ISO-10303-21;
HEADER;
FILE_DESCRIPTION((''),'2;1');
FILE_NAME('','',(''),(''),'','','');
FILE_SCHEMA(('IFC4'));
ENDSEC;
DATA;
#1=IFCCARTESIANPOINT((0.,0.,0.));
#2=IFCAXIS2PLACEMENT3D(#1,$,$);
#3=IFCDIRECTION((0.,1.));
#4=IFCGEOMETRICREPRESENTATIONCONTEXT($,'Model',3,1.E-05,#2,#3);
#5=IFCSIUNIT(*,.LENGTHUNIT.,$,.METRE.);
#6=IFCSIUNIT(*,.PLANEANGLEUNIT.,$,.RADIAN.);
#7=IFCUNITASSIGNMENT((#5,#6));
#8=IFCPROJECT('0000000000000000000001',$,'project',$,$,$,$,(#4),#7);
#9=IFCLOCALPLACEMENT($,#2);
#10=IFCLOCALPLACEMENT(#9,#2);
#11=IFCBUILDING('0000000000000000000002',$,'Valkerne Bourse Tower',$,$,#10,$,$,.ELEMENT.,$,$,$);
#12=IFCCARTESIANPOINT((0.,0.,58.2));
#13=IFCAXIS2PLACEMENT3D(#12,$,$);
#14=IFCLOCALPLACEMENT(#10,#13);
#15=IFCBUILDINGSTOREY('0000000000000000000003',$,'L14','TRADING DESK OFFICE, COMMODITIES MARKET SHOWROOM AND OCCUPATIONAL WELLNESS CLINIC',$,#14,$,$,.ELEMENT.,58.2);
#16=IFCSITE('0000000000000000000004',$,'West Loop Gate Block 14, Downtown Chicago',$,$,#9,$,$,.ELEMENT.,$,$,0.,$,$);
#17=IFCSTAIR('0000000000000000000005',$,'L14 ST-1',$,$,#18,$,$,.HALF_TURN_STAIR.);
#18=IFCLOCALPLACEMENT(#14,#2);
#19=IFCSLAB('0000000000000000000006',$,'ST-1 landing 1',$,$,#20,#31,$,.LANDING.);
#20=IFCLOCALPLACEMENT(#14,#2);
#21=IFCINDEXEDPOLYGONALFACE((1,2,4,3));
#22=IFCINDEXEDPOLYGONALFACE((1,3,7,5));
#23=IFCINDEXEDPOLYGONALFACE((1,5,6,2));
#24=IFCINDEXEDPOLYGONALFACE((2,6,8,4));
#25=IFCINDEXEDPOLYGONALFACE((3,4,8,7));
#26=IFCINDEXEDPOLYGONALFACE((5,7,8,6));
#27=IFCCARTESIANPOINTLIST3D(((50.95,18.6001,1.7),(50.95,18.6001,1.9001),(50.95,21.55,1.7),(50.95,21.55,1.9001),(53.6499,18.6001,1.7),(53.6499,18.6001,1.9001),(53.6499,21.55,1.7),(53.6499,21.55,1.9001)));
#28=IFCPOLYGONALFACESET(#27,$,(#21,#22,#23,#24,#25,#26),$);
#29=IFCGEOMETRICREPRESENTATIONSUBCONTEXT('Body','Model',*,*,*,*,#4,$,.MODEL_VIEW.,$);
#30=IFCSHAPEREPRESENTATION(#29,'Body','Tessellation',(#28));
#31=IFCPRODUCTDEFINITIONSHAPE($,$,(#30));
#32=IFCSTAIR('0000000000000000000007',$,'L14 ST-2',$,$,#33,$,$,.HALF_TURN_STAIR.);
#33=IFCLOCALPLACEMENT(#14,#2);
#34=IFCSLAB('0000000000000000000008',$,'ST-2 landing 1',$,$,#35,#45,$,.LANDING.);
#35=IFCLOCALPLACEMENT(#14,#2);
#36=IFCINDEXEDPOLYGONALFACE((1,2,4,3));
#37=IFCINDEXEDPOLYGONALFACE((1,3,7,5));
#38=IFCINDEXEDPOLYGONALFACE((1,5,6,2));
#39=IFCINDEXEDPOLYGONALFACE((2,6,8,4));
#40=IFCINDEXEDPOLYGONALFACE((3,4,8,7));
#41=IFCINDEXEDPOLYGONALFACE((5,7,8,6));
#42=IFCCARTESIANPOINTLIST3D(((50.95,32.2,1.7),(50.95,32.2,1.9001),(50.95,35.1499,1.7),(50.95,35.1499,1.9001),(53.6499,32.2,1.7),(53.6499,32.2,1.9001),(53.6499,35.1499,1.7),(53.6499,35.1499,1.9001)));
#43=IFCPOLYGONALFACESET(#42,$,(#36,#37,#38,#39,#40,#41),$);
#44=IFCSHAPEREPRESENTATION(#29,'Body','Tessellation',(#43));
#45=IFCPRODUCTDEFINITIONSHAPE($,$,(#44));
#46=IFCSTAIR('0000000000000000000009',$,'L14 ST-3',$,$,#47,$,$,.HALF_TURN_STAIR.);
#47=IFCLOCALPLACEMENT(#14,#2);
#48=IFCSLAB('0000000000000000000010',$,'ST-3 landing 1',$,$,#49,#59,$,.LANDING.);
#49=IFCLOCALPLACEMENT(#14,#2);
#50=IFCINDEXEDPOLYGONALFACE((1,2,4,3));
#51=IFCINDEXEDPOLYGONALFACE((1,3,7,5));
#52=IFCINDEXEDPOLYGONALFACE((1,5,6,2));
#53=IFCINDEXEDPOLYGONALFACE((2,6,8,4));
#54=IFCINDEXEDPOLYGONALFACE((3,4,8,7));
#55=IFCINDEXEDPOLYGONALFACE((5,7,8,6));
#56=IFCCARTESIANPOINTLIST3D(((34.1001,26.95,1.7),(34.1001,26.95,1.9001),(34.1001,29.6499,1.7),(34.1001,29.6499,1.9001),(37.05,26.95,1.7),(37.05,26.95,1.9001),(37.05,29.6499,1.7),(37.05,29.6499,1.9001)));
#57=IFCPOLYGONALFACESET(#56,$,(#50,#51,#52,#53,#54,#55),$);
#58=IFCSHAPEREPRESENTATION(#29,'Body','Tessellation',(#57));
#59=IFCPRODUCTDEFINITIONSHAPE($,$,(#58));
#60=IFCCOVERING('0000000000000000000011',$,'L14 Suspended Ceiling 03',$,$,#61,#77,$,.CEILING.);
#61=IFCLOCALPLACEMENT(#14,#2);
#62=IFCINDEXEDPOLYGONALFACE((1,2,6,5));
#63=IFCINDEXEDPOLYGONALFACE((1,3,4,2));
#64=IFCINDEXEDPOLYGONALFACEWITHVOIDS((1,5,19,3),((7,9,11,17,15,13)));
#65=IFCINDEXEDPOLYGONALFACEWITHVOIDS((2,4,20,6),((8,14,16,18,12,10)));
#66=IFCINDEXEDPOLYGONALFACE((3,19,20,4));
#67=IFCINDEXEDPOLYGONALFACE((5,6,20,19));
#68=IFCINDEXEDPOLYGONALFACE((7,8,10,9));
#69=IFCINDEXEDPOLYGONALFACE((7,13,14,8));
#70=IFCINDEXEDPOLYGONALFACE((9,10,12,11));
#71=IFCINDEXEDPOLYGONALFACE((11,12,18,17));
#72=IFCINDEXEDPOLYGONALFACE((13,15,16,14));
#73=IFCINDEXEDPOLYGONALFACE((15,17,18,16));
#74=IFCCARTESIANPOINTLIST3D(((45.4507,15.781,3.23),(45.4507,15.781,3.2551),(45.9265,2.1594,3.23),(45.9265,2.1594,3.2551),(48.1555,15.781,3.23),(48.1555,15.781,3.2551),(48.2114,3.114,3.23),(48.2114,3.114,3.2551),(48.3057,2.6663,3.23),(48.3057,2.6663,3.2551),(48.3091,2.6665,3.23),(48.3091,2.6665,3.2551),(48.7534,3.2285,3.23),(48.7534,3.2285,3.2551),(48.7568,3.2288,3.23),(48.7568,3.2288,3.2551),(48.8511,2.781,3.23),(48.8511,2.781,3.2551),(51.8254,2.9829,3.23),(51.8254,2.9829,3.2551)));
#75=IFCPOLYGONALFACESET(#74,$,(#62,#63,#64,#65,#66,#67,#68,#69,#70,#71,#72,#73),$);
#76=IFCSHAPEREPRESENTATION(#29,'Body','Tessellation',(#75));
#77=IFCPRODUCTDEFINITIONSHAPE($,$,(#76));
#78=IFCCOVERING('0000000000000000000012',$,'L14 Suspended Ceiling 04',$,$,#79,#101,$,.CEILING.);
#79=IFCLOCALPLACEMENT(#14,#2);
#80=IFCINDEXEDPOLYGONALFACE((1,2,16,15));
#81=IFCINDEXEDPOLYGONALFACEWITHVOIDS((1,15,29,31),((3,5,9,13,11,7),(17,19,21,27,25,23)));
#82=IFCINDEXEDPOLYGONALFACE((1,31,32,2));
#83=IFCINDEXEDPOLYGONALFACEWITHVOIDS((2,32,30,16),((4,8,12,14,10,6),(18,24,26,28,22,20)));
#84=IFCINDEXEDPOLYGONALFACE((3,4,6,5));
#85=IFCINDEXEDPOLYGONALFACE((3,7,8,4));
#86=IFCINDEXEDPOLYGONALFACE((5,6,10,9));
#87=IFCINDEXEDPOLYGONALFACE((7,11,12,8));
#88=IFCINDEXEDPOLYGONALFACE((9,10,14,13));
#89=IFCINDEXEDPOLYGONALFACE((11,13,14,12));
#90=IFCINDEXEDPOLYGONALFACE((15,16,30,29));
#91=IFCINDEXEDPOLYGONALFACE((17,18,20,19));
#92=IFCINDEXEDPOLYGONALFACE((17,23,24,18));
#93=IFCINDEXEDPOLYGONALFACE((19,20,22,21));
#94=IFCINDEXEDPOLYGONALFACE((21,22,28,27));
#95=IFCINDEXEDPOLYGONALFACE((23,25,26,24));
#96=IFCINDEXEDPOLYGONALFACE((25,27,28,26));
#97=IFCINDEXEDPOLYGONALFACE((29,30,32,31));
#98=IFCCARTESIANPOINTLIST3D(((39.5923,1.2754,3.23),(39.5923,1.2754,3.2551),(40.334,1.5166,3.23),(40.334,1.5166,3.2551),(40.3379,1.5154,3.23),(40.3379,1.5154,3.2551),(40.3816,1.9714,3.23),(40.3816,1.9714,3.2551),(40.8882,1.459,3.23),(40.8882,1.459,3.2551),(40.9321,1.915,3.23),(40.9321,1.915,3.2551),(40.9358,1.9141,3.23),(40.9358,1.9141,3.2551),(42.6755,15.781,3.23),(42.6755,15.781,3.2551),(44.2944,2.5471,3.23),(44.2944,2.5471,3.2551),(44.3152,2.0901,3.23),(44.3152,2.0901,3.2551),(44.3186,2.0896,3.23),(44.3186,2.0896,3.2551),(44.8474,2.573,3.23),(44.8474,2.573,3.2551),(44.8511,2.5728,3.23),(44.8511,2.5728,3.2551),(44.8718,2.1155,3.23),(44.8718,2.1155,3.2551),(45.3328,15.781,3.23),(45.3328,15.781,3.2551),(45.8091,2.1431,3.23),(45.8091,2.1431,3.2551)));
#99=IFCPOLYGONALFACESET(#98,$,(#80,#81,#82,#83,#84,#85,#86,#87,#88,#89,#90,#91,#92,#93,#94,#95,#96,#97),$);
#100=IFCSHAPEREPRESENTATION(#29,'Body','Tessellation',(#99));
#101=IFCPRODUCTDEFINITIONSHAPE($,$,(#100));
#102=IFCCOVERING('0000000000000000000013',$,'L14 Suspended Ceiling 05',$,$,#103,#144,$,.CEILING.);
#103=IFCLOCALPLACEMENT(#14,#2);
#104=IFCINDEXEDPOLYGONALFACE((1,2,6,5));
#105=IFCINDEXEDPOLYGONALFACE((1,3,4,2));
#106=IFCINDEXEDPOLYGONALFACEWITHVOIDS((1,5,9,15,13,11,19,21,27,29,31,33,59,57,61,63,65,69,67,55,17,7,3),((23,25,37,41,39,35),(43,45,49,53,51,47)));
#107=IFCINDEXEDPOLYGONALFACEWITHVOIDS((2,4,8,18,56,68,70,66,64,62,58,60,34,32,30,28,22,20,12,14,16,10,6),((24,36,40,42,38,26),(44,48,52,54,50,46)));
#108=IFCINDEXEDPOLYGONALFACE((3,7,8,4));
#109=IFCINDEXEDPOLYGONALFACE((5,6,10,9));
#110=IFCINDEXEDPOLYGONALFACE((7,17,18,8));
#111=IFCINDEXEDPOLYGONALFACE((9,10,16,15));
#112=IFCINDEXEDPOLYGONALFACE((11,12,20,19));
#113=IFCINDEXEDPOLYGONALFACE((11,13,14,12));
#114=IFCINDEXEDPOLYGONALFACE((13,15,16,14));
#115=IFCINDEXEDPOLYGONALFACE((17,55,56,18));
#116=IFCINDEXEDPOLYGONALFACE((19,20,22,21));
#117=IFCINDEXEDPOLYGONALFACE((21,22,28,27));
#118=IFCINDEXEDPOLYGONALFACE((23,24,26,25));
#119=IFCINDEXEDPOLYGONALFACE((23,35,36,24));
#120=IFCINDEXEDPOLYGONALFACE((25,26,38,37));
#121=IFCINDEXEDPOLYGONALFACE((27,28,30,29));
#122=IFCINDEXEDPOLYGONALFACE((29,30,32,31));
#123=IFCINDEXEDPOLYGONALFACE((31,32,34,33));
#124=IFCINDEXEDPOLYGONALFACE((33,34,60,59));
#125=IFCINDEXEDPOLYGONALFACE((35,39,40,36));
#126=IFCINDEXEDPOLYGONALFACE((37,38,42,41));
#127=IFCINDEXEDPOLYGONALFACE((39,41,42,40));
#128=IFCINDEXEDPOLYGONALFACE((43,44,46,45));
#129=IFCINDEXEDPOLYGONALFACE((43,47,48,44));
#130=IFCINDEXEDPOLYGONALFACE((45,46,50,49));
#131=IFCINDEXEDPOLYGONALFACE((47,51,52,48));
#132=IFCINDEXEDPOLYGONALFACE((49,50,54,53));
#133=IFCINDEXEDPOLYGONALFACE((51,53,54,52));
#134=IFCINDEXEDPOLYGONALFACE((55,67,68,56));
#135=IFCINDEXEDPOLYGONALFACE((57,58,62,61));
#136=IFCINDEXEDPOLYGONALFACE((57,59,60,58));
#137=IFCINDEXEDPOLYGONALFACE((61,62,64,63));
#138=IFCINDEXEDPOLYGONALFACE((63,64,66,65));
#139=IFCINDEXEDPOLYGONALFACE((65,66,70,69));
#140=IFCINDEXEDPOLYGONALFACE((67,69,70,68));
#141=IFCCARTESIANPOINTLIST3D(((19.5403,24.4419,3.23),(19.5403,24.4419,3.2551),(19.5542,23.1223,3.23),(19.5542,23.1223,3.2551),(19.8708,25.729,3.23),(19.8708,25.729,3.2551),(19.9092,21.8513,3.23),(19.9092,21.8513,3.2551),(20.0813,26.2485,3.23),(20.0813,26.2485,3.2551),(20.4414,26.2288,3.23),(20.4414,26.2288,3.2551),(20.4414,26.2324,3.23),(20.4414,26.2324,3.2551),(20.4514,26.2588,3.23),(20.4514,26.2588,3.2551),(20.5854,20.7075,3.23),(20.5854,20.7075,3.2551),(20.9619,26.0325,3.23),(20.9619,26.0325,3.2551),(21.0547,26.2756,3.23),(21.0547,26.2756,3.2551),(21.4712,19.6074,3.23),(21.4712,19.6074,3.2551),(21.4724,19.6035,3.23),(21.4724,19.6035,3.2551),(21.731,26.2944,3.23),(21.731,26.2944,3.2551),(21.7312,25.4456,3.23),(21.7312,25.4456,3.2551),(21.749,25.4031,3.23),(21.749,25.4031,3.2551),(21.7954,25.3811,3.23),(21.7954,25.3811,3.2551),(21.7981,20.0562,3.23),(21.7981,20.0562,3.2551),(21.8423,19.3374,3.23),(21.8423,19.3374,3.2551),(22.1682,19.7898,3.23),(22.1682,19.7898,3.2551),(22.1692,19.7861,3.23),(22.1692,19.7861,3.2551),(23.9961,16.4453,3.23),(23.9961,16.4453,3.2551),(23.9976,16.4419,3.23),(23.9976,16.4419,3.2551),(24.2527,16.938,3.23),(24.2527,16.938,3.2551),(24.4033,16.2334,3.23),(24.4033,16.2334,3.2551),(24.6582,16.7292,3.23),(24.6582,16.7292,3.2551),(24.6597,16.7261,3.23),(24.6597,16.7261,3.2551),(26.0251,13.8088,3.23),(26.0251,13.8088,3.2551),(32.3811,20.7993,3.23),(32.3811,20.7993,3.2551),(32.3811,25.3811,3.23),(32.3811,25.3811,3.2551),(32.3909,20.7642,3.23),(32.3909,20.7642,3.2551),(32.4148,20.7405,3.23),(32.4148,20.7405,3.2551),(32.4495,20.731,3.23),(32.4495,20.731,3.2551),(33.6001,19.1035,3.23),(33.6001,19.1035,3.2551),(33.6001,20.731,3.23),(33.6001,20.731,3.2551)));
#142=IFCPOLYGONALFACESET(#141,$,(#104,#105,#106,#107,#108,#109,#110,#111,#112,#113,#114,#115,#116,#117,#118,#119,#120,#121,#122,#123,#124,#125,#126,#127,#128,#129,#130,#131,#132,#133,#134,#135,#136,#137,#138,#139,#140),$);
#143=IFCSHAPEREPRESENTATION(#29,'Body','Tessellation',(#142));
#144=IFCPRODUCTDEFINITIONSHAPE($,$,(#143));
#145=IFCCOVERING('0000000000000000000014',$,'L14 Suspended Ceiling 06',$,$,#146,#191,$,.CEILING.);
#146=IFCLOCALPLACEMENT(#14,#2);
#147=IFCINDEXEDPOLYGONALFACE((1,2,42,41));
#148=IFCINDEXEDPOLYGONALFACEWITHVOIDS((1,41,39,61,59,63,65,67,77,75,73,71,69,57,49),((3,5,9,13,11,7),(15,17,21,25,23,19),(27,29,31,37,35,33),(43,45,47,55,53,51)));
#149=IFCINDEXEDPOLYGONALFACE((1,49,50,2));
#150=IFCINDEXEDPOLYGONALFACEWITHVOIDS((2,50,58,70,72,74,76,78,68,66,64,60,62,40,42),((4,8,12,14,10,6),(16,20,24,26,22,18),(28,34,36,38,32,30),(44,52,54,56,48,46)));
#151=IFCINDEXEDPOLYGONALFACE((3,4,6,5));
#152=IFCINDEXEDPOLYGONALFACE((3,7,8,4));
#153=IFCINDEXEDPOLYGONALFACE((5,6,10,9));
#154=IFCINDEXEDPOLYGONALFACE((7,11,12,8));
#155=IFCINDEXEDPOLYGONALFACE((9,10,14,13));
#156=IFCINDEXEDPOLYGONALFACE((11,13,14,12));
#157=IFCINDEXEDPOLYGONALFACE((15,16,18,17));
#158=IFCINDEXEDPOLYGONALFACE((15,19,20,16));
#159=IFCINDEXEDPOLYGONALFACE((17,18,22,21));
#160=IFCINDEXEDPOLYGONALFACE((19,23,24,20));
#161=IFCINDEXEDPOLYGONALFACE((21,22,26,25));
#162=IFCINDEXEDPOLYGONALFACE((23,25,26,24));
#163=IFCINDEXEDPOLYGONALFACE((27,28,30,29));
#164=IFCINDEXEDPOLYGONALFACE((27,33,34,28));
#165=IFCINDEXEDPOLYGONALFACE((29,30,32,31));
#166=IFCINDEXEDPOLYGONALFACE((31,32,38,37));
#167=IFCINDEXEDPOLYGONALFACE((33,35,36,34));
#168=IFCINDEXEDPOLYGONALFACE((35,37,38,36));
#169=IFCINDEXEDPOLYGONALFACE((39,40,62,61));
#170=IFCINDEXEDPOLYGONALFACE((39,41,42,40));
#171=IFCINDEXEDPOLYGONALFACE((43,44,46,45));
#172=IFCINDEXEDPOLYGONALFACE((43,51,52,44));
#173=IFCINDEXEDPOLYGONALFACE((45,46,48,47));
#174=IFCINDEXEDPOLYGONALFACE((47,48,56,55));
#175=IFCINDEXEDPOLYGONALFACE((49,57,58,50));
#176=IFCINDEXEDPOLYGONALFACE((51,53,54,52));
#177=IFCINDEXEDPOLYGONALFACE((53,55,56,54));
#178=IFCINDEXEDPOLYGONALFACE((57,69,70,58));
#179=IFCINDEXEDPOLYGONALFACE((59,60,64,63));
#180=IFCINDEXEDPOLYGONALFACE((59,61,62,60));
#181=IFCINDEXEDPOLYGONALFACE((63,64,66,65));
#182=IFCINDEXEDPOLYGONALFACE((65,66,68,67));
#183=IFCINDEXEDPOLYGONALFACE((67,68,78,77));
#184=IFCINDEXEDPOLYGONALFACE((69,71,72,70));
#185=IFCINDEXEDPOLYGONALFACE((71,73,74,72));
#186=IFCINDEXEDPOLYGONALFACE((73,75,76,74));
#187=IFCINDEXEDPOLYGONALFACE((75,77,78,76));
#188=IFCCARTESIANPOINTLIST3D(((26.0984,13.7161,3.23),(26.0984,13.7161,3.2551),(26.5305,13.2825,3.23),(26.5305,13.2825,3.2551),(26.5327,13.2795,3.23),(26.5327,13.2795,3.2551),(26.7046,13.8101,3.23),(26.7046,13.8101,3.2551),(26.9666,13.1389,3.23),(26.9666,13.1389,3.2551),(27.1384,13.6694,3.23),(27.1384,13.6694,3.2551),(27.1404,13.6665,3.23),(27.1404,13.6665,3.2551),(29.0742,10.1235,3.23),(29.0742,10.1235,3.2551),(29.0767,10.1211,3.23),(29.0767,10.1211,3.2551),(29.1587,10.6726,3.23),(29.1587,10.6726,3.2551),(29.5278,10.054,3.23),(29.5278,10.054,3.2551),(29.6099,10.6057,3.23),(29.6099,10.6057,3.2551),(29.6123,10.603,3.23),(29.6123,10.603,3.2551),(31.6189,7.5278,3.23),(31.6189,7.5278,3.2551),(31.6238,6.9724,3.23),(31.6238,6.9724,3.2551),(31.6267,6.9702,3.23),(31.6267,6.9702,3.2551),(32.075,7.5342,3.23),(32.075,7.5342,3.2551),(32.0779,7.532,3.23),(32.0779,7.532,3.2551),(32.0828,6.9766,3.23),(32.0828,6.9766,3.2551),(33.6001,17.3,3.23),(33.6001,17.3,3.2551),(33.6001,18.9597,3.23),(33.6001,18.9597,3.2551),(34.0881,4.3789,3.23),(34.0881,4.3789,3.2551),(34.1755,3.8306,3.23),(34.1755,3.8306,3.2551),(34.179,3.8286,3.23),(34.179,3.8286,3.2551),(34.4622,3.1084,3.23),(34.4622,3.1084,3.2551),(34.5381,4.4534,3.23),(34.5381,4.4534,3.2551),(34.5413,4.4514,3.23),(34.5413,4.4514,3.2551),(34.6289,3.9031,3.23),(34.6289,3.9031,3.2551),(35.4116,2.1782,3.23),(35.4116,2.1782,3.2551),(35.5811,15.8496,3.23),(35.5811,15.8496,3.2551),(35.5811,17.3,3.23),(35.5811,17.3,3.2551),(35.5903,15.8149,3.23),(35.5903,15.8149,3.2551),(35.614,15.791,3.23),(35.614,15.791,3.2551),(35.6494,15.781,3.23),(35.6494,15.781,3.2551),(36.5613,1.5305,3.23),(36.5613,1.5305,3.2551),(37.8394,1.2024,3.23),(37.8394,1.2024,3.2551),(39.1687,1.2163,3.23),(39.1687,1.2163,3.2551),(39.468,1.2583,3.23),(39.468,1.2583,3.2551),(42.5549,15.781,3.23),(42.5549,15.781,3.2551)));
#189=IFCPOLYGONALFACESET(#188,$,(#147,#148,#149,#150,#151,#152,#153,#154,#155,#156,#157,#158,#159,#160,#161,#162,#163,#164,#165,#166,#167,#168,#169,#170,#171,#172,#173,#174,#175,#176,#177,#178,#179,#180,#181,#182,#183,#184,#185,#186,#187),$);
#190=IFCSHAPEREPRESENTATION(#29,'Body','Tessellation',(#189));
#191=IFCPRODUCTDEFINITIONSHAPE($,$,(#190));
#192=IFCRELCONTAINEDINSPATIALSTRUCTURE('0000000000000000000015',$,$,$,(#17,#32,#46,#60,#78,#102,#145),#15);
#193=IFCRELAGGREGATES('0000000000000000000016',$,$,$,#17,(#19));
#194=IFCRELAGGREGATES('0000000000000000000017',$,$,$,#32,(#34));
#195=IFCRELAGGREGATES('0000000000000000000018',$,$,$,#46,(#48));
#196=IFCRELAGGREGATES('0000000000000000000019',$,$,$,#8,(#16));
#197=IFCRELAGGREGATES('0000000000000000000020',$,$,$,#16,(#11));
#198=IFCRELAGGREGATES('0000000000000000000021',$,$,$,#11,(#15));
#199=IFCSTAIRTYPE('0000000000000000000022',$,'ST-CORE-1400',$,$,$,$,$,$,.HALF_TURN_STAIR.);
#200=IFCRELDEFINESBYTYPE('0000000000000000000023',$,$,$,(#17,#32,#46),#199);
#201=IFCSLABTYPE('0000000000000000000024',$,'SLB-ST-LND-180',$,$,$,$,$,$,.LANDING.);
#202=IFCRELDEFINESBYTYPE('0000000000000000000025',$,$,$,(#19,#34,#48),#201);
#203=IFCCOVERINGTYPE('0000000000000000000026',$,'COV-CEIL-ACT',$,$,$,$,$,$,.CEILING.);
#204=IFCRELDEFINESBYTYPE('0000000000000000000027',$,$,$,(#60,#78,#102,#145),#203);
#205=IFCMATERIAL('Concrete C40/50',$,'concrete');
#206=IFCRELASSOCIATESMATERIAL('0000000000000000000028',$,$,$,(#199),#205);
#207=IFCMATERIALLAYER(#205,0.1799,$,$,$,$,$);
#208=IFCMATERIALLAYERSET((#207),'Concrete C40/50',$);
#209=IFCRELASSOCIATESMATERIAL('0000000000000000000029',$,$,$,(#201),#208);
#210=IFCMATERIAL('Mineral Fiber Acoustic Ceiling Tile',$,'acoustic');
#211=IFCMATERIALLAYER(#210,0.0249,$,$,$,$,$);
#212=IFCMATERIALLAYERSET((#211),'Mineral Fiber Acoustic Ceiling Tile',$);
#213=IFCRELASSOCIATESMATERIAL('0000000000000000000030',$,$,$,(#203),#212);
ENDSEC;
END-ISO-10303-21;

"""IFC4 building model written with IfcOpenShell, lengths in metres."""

from ifc_helpers import new_model, si_unit, direction, frame, origin, place, context, subcontext, project, spatial, polyline, outline, extrude, material, layer, layer_set, type_object, element, aggregate, save


model = new_model("IFC4")

# Units and contexts
model_context = context("Model", 3, precision=1e-05, world=origin(), true_north=direction((0.0, 1.0)))
body_context = subcontext(model_context, "Body", "Model", "MODEL_VIEW")
ifc_project = project(units=[si_unit("LENGTHUNIT", "METRE"), si_unit("PLANEANGLEUNIT", "RADIAN")], contexts=[model_context])

# Site, building, storey
site_placement = place(None, origin())
site = spatial("IfcSite", under=ifc_project, at=site_placement, Name="West Loop Gate Block 14, Downtown Chicago", CompositionType="ELEMENT", RefElevation=0.0)
building_placement = place(site_placement, origin())
building = spatial("IfcBuilding", under=site, at=building_placement, Name="Valkerne Bourse Tower", CompositionType="ELEMENT")
storey_placement = place(building_placement, frame((0.0, 0.0, 58.2)))
storey = spatial("IfcBuildingStorey", under=building, at=storey_placement, Name="L14", Description="TRADING DESK OFFICE, COMMODITIES MARKET SHOWROOM AND OCCUPATIONAL WELLNESS CLINIC", CompositionType="ELEMENT", Elevation=58.2)

# Stairs, slabs
ifc_material_1 = material(Name="Concrete C40/50", Category="concrete")
stair_type = type_object("IfcStairType", Name="ST-CORE-1400", PredefinedType="HALF_TURN_STAIR", material=ifc_material_1)
stair_1_placement = place(storey_placement, origin())
stair_1 = element("IfcStair", 1, at=stair_1_placement, inside=storey, type_object=stair_type, Name="L14 ST-1", PredefinedType="HALF_TURN_STAIR")
ifc_layer_1 = layer(ifc_material_1, 0.1799)
ifc_layer_set_1 = layer_set([ifc_layer_1], Name="Concrete C40/50")
slab_type = type_object("IfcSlabType", Name="SLB-ST-LND-180", PredefinedType="LANDING", material=ifc_layer_set_1)
slab_1_placement = place(storey_placement, frame((0.0, 0.0, 1.7)))
slab_1 = element("IfcSlab", 2, at=slab_1_placement, type_object=slab_type, Name="ST-1 landing 1", PredefinedType="LANDING", context=body_context, shape_type="SweptSolid", body=[
    extrude(outline(polyline([(50.95, 18.6001), (53.6499, 18.6001), (53.6499, 21.55), (50.95, 21.55), (50.95, 18.6001)])), origin(), (0.0, 0.0, 1.0), 0.2002),
])
aggregate(stair_1, [slab_1])
stair_2_placement = place(storey_placement, origin())
stair_2 = element("IfcStair", 3, at=stair_2_placement, inside=storey, type_object=stair_type, Name="L14 ST-2", PredefinedType="HALF_TURN_STAIR")
slab_2_placement = place(storey_placement, frame((0.0, 0.0, 1.7)))
slab_2 = element("IfcSlab", 4, at=slab_2_placement, type_object=slab_type, Name="ST-2 landing 1", PredefinedType="LANDING", context=body_context, shape_type="SweptSolid", body=[
    extrude(outline(polyline([(50.95, 32.2), (53.6499, 32.2), (53.6499, 35.1499), (50.95, 35.1499), (50.95, 32.2)])), origin(), (0.0, 0.0, 1.0), 0.2002),
])
aggregate(stair_2, [slab_2])
stair_3_placement = place(storey_placement, origin())
stair_3 = element("IfcStair", 5, at=stair_3_placement, inside=storey, type_object=stair_type, Name="L14 ST-3", PredefinedType="HALF_TURN_STAIR")
slab_3_placement = place(storey_placement, frame((0.0, 0.0, 1.7)))
slab_3 = element("IfcSlab", 6, at=slab_3_placement, type_object=slab_type, Name="ST-3 landing 1", PredefinedType="LANDING", context=body_context, shape_type="SweptSolid", body=[
    extrude(outline(polyline([(37.05, 26.95), (37.05, 29.6499), (34.1001, 29.6499), (34.1001, 26.95), (37.05, 26.95)])), origin(), (0.0, 0.0, 1.0), 0.2002),
])
aggregate(stair_3, [slab_3])

# Coverings
ifc_material_2 = material(Name="Mineral Fiber Acoustic Ceiling Tile", Category="acoustic")
ifc_layer_2 = layer(ifc_material_2, 0.0249)
ifc_layer_set_2 = layer_set([ifc_layer_2], Name="Mineral Fiber Acoustic Ceiling Tile")
covering_type_1 = type_object("IfcCoveringType", Name="COV-CEIL-ACT", PredefinedType="CEILING", material=ifc_layer_set_2)
covering_1_placement = place(storey_placement, frame((0.0, 0.0, 3.23)))
element("IfcCovering", 7, at=covering_1_placement, inside=storey, type_object=covering_type_1, Name="L14 Suspended Ceiling 03", PredefinedType="CEILING", context=body_context, shape_type="SweptSolid", body=[
    extrude(outline(polyline([(48.1555, 15.781), (51.8254, 2.9829), (45.9265, 2.1594), (45.4507, 15.781), (48.1555, 15.781)]), holes=[polyline([(48.3091, 2.6665), (48.8511, 2.781), (48.7568, 3.2288), (48.7534, 3.2285), (48.2114, 3.114), (48.3057, 2.6663), (48.3091, 2.6665)])]), origin(), (0.0, 0.0, 1.0), 0.0251),
])
covering_2_placement = place(storey_placement, frame((0.0, 0.0, 3.23)))
element("IfcCovering", 8, at=covering_2_placement, inside=storey, type_object=covering_type_1, Name="L14 Suspended Ceiling 04", PredefinedType="CEILING", context=body_context, shape_type="SweptSolid", body=[
    extrude(outline(polyline([(45.3328, 15.781), (45.8091, 2.1431), (39.5923, 1.2754), (42.6755, 15.781), (45.3328, 15.781)]), holes=[polyline([(40.9358, 1.9141), (40.9321, 1.915), (40.3816, 1.9714), (40.334, 1.5166), (40.3379, 1.5154), (40.8882, 1.459), (40.9358, 1.9141)]), polyline([(44.8511, 2.5728), (44.8474, 2.573), (44.2944, 2.5471), (44.3152, 2.0901), (44.3186, 2.0896), (44.8718, 2.1155), (44.8511, 2.5728)])]), origin(), (0.0, 0.0, 1.0), 0.0251),
])
covering_3_placement = place(storey_placement, frame((0.0, 0.0, 3.23)))
element("IfcCovering", 9, at=covering_3_placement, inside=storey, type_object=covering_type_1, Name="L14 Suspended Ceiling 05", PredefinedType="CEILING", context=body_context, shape_type="SweptSolid", body=[
    extrude(outline(polyline([(19.5542, 23.1223), (19.5403, 24.4419), (19.8708, 25.729), (20.0813, 26.2485), (20.4514, 26.2588), (20.4414, 26.2324), (20.4414, 26.2288), (20.9619, 26.0325), (21.0547, 26.2756), (21.731, 26.2944), (21.7312, 25.4456), (21.749, 25.4031), (21.7954, 25.3811), (32.3811, 25.3811), (32.3811, 20.7993), (32.3909, 20.7642), (32.4148, 20.7405), (32.4495, 20.731), (33.6001, 20.731), (33.6001, 19.1035), (26.0251, 13.8088), (20.5854, 20.7075), (19.9092, 21.8513), (19.5542, 23.1223)]), holes=[polyline([(24.6582, 16.7292), (24.2527, 16.938), (23.9961, 16.4453), (23.9976, 16.4419), (24.4033, 16.2334), (24.6597, 16.7261), (24.6582, 16.7292)]), polyline([(22.1692, 19.7861), (22.1682, 19.7898), (21.7981, 20.0562), (21.4712, 19.6074), (21.4724, 19.6035), (21.8423, 19.3374), (22.1692, 19.7861)])]), origin(), (0.0, 0.0, 1.0), 0.0251),
])
covering_4_placement = place(storey_placement, frame((0.0, 0.0, 3.23)))
element("IfcCovering", 10, at=covering_4_placement, inside=storey, type_object=covering_type_1, Name="L14 Suspended Ceiling 06", PredefinedType="CEILING", context=body_context, shape_type="SweptSolid", body=[
    extrude(outline(polyline([(36.5613, 1.5305), (35.4116, 2.1782), (34.4622, 3.1084), (26.0984, 13.7161), (33.6001, 18.9597), (33.6001, 17.3), (35.5811, 17.3), (35.5811, 15.8496), (35.5903, 15.8149), (35.614, 15.791), (35.6494, 15.781), (42.5549, 15.781), (39.468, 1.2583), (39.1687, 1.2163), (37.8394, 1.2024), (36.5613, 1.5305)]), holes=[polyline([(34.5413, 4.4514), (34.5381, 4.4534), (34.0881, 4.3789), (34.1755, 3.8306), (34.179, 3.8286), (34.6289, 3.9031), (34.5413, 4.4514)]), polyline([(32.0779, 7.532), (32.075, 7.5342), (31.6189, 7.5278), (31.6238, 6.9724), (31.6267, 6.9702), (32.0828, 6.9766), (32.0779, 7.532)]), polyline([(29.6123, 10.603), (29.6099, 10.6057), (29.1587, 10.6726), (29.0742, 10.1235), (29.0767, 10.1211), (29.5278, 10.054), (29.6123, 10.603)]), polyline([(27.1404, 13.6665), (27.1384, 13.6694), (26.7046, 13.8101), (26.5305, 13.2825), (26.5327, 13.2795), (26.9666, 13.1389), (27.1404, 13.6665)])]), origin(), (0.0, 0.0, 1.0), 0.0251),
])

save(model, "model.ifc")
